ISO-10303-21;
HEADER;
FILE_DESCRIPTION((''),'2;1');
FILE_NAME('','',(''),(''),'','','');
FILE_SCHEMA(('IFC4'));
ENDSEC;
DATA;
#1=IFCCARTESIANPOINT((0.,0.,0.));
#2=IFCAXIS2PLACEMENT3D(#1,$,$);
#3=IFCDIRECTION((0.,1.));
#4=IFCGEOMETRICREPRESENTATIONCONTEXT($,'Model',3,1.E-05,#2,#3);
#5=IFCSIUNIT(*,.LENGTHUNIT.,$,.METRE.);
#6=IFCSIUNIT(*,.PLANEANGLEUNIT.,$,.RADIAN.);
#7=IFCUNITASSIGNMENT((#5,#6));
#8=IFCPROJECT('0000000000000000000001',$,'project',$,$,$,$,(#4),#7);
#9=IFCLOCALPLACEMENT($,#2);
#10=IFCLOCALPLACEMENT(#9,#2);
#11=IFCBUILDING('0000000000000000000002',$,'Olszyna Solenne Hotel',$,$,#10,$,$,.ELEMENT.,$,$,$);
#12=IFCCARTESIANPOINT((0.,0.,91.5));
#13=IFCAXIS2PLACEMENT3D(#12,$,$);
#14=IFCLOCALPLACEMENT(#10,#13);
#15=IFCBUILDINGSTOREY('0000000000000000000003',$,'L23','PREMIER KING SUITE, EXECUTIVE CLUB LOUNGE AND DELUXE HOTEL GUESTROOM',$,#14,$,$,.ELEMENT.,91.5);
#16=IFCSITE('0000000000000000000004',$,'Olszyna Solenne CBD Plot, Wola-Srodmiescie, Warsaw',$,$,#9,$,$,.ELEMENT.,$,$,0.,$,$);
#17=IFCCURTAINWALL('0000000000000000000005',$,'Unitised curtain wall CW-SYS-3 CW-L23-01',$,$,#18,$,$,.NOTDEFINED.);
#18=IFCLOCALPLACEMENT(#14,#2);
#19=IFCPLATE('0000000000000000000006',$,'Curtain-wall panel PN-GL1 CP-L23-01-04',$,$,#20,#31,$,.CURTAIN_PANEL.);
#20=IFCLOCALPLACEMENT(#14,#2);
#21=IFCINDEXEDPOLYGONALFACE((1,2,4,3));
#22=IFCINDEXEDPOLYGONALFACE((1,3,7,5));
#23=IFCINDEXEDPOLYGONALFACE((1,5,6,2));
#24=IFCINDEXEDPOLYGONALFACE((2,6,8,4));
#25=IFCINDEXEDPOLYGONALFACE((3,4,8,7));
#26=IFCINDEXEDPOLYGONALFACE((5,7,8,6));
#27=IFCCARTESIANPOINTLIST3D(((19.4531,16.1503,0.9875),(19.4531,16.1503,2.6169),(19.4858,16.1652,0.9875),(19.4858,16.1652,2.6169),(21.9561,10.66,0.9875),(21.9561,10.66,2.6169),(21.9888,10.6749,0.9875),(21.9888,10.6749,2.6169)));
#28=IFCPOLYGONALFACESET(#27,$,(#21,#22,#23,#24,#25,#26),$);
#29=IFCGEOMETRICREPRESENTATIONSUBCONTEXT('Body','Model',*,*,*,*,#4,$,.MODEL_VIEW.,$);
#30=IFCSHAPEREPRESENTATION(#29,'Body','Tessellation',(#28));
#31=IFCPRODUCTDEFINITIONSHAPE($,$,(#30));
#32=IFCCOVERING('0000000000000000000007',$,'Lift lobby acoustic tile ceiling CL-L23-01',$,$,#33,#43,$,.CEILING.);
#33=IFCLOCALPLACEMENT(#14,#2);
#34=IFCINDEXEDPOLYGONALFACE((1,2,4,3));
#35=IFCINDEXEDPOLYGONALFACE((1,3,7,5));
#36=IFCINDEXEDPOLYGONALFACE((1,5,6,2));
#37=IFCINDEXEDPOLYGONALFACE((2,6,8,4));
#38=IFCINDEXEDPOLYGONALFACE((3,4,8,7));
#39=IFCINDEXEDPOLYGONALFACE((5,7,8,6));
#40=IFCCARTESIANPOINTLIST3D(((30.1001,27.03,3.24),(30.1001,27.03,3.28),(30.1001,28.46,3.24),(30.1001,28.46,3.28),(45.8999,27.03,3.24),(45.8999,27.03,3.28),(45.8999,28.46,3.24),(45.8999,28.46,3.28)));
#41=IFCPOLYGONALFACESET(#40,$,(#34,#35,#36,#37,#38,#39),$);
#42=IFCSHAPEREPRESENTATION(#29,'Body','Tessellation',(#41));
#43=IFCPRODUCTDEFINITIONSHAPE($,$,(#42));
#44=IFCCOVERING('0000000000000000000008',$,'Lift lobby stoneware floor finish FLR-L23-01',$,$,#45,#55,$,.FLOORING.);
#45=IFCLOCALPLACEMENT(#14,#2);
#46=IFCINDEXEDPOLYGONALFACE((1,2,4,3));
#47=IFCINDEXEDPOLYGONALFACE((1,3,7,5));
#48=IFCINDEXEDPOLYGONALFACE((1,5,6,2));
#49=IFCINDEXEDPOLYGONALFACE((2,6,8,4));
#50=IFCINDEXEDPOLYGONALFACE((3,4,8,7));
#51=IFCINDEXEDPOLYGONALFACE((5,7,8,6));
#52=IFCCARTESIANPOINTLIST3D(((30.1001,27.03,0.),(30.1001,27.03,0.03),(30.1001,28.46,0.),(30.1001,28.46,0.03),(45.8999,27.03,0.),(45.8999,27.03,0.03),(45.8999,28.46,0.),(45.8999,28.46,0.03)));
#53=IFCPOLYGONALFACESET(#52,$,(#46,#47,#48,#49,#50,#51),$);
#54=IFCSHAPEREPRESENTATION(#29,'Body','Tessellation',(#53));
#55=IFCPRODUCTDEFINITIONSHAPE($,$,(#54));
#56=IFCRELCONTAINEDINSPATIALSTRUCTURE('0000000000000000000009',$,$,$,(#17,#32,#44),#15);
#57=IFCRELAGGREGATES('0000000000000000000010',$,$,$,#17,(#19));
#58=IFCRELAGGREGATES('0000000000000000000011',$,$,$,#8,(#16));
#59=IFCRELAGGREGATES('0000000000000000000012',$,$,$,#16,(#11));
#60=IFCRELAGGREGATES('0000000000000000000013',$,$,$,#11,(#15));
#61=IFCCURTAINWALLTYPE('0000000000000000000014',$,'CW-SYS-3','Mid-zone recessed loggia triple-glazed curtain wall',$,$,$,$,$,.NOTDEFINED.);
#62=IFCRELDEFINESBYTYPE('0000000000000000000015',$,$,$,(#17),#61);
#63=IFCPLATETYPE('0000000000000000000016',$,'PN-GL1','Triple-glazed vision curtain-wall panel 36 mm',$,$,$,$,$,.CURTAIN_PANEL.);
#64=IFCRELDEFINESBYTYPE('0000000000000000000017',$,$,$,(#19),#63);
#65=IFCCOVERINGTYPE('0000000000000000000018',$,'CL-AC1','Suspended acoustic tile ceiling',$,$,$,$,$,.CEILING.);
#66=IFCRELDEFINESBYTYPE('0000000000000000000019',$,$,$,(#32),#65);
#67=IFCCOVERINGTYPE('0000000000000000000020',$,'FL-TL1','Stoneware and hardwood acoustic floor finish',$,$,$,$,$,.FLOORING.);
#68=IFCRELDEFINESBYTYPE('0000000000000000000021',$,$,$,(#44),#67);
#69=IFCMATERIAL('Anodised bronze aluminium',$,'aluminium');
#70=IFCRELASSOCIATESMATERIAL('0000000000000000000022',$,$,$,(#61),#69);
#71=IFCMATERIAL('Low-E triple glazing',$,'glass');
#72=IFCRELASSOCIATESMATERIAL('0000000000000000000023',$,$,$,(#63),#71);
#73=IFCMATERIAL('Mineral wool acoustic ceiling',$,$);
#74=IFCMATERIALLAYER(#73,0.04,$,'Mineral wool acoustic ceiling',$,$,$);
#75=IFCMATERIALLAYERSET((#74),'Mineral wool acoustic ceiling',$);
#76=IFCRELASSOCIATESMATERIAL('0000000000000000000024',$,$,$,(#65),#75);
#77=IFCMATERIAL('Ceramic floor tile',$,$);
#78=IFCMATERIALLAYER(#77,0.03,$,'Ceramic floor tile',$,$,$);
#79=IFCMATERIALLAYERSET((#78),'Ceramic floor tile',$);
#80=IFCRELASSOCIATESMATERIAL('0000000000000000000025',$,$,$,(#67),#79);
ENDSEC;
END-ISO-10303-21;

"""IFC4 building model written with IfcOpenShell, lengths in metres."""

from ifc_helpers import new_model, si_unit, direction, frame, origin, origin_2d, place, context, subcontext, project, spatial, polyline, rectangle, outline, extrude, source, transform, mapped, material, layer, layer_set, type_object, element, aggregate, save


model = new_model("IFC4")

# Units and contexts
model_context = context("Model", 3, precision=1e-05, world=origin(), true_north=direction((0.0, 1.0)))
body_context = subcontext(model_context, "Body", "Model", "MODEL_VIEW")
ifc_project = project(units=[si_unit("LENGTHUNIT", "METRE"), si_unit("PLANEANGLEUNIT", "RADIAN")], contexts=[model_context])

# Site, building, storey
site_placement = place(None, origin())
site = spatial("IfcSite", under=ifc_project, at=site_placement, Name="Olszyna Solenne CBD Plot, Wola-Srodmiescie, Warsaw", CompositionType="ELEMENT", RefElevation=0.0)
building_placement = place(site_placement, origin())
building = spatial("IfcBuilding", under=site, at=building_placement, Name="Olszyna Solenne Hotel", CompositionType="ELEMENT")
storey_placement = place(building_placement, frame((0.0, 0.0, 91.5)))
storey = spatial("IfcBuildingStorey", under=building, at=storey_placement, Name="L23", Description="PREMIER KING SUITE, EXECUTIVE CLUB LOUNGE AND DELUXE HOTEL GUESTROOM", CompositionType="ELEMENT", Elevation=91.5)

# Curtain wall
ifc_material_1 = material(Name="Anodised bronze aluminium", Category="aluminium")
curtain_wall_type = type_object("IfcCurtainWallType", Name="CW-SYS-3", Description="Mid-zone recessed loggia triple-glazed curtain wall", PredefinedType="NOTDEFINED", material=ifc_material_1)
curtain_wall_placement = place(storey_placement, origin())
curtain_wall = element("IfcCurtainWall", 1, at=curtain_wall_placement, inside=storey, type_object=curtain_wall_type, Name="Unitised curtain wall CW-SYS-3 CW-L23-01", PredefinedType="NOTDEFINED")

# Plate
ifc_material_2 = material(Name="Low-E triple glazing", Category="glass")
plate_type_1 = type_object("IfcPlateType", Name="PN-GL1", Description="Triple-glazed vision curtain-wall panel 36 mm", PredefinedType="CURTAIN_PANEL", material=ifc_material_2)
shared_shape_1 = source(origin(), body_context, "Body", "SweptSolid", [
    extrude(rectangle(XDim=6.0339, YDim=0.0359, at=origin_2d()), origin(), (0.0, 0.0, 1.0), 1.6294),
])
plate_1_placement = place(storey_placement, frame((20.7209, 13.4126, 0.9875), z_axis=(0.0, 0.0, 1.0), x_axis=(0.414819, -0.909904, 0.0)))
plate_1 = element("IfcPlate", 2, at=plate_1_placement, type_object=plate_type_1, Name="Curtain-wall panel PN-GL1 CP-L23-01-04", PredefinedType="CURTAIN_PANEL", context=body_context, shape_type="MappedRepresentation", body=[
    mapped(shared_shape_1, transform((0.0, 0.0, 0.0), x_axis=(1.0, 0.0, 0.0), y_axis=(0.0, 1.0, 0.0), z_axis=(0.0, 0.0, 1.0), scale=1.0)),
])
aggregate(curtain_wall, [plate_1])

# Coverings
ifc_material_3 = material(Name="Mineral wool acoustic ceiling")
ifc_layer_1 = layer(ifc_material_3, 0.04, Name="Mineral wool acoustic ceiling")
ifc_layer_set_1 = layer_set([ifc_layer_1], Name="Mineral wool acoustic ceiling")
covering_type_1 = type_object("IfcCoveringType", Name="CL-AC1", Description="Suspended acoustic tile ceiling", PredefinedType="CEILING", material=ifc_layer_set_1)
covering_1_placement = place(storey_placement, frame((0.0, 0.0, 3.24)))
element("IfcCovering", 3, at=covering_1_placement, inside=storey, type_object=covering_type_1, Name="Lift lobby acoustic tile ceiling CL-L23-01", PredefinedType="CEILING", context=body_context, shape_type="SweptSolid", body=[
    extrude(outline(polyline([(30.1001, 27.03), (45.8999, 27.03), (45.8999, 28.46), (30.1001, 28.46), (30.1001, 27.03)])), origin(), (0.0, 0.0, 1.0), 0.04),
])
ifc_material_4 = material(Name="Ceramic floor tile")
ifc_layer_2 = layer(ifc_material_4, 0.03, Name="Ceramic floor tile")
ifc_layer_set_2 = layer_set([ifc_layer_2], Name="Ceramic floor tile")
covering_type_2 = type_object("IfcCoveringType", Name="FL-TL1", Description="Stoneware and hardwood acoustic floor finish", PredefinedType="FLOORING", material=ifc_layer_set_2)
covering_2_placement = place(storey_placement, origin())
element("IfcCovering", 4, at=covering_2_placement, inside=storey, type_object=covering_type_2, Name="Lift lobby stoneware floor finish FLR-L23-01", PredefinedType="FLOORING", context=body_context, shape_type="SweptSolid", body=[
    extrude(outline(polyline([(30.1001, 27.03), (45.8999, 27.03), (45.8999, 28.46), (30.1001, 28.46), (30.1001, 27.03)])), origin(), (0.0, 0.0, 1.0), 0.03),
])

save(model, "model.ifc")
